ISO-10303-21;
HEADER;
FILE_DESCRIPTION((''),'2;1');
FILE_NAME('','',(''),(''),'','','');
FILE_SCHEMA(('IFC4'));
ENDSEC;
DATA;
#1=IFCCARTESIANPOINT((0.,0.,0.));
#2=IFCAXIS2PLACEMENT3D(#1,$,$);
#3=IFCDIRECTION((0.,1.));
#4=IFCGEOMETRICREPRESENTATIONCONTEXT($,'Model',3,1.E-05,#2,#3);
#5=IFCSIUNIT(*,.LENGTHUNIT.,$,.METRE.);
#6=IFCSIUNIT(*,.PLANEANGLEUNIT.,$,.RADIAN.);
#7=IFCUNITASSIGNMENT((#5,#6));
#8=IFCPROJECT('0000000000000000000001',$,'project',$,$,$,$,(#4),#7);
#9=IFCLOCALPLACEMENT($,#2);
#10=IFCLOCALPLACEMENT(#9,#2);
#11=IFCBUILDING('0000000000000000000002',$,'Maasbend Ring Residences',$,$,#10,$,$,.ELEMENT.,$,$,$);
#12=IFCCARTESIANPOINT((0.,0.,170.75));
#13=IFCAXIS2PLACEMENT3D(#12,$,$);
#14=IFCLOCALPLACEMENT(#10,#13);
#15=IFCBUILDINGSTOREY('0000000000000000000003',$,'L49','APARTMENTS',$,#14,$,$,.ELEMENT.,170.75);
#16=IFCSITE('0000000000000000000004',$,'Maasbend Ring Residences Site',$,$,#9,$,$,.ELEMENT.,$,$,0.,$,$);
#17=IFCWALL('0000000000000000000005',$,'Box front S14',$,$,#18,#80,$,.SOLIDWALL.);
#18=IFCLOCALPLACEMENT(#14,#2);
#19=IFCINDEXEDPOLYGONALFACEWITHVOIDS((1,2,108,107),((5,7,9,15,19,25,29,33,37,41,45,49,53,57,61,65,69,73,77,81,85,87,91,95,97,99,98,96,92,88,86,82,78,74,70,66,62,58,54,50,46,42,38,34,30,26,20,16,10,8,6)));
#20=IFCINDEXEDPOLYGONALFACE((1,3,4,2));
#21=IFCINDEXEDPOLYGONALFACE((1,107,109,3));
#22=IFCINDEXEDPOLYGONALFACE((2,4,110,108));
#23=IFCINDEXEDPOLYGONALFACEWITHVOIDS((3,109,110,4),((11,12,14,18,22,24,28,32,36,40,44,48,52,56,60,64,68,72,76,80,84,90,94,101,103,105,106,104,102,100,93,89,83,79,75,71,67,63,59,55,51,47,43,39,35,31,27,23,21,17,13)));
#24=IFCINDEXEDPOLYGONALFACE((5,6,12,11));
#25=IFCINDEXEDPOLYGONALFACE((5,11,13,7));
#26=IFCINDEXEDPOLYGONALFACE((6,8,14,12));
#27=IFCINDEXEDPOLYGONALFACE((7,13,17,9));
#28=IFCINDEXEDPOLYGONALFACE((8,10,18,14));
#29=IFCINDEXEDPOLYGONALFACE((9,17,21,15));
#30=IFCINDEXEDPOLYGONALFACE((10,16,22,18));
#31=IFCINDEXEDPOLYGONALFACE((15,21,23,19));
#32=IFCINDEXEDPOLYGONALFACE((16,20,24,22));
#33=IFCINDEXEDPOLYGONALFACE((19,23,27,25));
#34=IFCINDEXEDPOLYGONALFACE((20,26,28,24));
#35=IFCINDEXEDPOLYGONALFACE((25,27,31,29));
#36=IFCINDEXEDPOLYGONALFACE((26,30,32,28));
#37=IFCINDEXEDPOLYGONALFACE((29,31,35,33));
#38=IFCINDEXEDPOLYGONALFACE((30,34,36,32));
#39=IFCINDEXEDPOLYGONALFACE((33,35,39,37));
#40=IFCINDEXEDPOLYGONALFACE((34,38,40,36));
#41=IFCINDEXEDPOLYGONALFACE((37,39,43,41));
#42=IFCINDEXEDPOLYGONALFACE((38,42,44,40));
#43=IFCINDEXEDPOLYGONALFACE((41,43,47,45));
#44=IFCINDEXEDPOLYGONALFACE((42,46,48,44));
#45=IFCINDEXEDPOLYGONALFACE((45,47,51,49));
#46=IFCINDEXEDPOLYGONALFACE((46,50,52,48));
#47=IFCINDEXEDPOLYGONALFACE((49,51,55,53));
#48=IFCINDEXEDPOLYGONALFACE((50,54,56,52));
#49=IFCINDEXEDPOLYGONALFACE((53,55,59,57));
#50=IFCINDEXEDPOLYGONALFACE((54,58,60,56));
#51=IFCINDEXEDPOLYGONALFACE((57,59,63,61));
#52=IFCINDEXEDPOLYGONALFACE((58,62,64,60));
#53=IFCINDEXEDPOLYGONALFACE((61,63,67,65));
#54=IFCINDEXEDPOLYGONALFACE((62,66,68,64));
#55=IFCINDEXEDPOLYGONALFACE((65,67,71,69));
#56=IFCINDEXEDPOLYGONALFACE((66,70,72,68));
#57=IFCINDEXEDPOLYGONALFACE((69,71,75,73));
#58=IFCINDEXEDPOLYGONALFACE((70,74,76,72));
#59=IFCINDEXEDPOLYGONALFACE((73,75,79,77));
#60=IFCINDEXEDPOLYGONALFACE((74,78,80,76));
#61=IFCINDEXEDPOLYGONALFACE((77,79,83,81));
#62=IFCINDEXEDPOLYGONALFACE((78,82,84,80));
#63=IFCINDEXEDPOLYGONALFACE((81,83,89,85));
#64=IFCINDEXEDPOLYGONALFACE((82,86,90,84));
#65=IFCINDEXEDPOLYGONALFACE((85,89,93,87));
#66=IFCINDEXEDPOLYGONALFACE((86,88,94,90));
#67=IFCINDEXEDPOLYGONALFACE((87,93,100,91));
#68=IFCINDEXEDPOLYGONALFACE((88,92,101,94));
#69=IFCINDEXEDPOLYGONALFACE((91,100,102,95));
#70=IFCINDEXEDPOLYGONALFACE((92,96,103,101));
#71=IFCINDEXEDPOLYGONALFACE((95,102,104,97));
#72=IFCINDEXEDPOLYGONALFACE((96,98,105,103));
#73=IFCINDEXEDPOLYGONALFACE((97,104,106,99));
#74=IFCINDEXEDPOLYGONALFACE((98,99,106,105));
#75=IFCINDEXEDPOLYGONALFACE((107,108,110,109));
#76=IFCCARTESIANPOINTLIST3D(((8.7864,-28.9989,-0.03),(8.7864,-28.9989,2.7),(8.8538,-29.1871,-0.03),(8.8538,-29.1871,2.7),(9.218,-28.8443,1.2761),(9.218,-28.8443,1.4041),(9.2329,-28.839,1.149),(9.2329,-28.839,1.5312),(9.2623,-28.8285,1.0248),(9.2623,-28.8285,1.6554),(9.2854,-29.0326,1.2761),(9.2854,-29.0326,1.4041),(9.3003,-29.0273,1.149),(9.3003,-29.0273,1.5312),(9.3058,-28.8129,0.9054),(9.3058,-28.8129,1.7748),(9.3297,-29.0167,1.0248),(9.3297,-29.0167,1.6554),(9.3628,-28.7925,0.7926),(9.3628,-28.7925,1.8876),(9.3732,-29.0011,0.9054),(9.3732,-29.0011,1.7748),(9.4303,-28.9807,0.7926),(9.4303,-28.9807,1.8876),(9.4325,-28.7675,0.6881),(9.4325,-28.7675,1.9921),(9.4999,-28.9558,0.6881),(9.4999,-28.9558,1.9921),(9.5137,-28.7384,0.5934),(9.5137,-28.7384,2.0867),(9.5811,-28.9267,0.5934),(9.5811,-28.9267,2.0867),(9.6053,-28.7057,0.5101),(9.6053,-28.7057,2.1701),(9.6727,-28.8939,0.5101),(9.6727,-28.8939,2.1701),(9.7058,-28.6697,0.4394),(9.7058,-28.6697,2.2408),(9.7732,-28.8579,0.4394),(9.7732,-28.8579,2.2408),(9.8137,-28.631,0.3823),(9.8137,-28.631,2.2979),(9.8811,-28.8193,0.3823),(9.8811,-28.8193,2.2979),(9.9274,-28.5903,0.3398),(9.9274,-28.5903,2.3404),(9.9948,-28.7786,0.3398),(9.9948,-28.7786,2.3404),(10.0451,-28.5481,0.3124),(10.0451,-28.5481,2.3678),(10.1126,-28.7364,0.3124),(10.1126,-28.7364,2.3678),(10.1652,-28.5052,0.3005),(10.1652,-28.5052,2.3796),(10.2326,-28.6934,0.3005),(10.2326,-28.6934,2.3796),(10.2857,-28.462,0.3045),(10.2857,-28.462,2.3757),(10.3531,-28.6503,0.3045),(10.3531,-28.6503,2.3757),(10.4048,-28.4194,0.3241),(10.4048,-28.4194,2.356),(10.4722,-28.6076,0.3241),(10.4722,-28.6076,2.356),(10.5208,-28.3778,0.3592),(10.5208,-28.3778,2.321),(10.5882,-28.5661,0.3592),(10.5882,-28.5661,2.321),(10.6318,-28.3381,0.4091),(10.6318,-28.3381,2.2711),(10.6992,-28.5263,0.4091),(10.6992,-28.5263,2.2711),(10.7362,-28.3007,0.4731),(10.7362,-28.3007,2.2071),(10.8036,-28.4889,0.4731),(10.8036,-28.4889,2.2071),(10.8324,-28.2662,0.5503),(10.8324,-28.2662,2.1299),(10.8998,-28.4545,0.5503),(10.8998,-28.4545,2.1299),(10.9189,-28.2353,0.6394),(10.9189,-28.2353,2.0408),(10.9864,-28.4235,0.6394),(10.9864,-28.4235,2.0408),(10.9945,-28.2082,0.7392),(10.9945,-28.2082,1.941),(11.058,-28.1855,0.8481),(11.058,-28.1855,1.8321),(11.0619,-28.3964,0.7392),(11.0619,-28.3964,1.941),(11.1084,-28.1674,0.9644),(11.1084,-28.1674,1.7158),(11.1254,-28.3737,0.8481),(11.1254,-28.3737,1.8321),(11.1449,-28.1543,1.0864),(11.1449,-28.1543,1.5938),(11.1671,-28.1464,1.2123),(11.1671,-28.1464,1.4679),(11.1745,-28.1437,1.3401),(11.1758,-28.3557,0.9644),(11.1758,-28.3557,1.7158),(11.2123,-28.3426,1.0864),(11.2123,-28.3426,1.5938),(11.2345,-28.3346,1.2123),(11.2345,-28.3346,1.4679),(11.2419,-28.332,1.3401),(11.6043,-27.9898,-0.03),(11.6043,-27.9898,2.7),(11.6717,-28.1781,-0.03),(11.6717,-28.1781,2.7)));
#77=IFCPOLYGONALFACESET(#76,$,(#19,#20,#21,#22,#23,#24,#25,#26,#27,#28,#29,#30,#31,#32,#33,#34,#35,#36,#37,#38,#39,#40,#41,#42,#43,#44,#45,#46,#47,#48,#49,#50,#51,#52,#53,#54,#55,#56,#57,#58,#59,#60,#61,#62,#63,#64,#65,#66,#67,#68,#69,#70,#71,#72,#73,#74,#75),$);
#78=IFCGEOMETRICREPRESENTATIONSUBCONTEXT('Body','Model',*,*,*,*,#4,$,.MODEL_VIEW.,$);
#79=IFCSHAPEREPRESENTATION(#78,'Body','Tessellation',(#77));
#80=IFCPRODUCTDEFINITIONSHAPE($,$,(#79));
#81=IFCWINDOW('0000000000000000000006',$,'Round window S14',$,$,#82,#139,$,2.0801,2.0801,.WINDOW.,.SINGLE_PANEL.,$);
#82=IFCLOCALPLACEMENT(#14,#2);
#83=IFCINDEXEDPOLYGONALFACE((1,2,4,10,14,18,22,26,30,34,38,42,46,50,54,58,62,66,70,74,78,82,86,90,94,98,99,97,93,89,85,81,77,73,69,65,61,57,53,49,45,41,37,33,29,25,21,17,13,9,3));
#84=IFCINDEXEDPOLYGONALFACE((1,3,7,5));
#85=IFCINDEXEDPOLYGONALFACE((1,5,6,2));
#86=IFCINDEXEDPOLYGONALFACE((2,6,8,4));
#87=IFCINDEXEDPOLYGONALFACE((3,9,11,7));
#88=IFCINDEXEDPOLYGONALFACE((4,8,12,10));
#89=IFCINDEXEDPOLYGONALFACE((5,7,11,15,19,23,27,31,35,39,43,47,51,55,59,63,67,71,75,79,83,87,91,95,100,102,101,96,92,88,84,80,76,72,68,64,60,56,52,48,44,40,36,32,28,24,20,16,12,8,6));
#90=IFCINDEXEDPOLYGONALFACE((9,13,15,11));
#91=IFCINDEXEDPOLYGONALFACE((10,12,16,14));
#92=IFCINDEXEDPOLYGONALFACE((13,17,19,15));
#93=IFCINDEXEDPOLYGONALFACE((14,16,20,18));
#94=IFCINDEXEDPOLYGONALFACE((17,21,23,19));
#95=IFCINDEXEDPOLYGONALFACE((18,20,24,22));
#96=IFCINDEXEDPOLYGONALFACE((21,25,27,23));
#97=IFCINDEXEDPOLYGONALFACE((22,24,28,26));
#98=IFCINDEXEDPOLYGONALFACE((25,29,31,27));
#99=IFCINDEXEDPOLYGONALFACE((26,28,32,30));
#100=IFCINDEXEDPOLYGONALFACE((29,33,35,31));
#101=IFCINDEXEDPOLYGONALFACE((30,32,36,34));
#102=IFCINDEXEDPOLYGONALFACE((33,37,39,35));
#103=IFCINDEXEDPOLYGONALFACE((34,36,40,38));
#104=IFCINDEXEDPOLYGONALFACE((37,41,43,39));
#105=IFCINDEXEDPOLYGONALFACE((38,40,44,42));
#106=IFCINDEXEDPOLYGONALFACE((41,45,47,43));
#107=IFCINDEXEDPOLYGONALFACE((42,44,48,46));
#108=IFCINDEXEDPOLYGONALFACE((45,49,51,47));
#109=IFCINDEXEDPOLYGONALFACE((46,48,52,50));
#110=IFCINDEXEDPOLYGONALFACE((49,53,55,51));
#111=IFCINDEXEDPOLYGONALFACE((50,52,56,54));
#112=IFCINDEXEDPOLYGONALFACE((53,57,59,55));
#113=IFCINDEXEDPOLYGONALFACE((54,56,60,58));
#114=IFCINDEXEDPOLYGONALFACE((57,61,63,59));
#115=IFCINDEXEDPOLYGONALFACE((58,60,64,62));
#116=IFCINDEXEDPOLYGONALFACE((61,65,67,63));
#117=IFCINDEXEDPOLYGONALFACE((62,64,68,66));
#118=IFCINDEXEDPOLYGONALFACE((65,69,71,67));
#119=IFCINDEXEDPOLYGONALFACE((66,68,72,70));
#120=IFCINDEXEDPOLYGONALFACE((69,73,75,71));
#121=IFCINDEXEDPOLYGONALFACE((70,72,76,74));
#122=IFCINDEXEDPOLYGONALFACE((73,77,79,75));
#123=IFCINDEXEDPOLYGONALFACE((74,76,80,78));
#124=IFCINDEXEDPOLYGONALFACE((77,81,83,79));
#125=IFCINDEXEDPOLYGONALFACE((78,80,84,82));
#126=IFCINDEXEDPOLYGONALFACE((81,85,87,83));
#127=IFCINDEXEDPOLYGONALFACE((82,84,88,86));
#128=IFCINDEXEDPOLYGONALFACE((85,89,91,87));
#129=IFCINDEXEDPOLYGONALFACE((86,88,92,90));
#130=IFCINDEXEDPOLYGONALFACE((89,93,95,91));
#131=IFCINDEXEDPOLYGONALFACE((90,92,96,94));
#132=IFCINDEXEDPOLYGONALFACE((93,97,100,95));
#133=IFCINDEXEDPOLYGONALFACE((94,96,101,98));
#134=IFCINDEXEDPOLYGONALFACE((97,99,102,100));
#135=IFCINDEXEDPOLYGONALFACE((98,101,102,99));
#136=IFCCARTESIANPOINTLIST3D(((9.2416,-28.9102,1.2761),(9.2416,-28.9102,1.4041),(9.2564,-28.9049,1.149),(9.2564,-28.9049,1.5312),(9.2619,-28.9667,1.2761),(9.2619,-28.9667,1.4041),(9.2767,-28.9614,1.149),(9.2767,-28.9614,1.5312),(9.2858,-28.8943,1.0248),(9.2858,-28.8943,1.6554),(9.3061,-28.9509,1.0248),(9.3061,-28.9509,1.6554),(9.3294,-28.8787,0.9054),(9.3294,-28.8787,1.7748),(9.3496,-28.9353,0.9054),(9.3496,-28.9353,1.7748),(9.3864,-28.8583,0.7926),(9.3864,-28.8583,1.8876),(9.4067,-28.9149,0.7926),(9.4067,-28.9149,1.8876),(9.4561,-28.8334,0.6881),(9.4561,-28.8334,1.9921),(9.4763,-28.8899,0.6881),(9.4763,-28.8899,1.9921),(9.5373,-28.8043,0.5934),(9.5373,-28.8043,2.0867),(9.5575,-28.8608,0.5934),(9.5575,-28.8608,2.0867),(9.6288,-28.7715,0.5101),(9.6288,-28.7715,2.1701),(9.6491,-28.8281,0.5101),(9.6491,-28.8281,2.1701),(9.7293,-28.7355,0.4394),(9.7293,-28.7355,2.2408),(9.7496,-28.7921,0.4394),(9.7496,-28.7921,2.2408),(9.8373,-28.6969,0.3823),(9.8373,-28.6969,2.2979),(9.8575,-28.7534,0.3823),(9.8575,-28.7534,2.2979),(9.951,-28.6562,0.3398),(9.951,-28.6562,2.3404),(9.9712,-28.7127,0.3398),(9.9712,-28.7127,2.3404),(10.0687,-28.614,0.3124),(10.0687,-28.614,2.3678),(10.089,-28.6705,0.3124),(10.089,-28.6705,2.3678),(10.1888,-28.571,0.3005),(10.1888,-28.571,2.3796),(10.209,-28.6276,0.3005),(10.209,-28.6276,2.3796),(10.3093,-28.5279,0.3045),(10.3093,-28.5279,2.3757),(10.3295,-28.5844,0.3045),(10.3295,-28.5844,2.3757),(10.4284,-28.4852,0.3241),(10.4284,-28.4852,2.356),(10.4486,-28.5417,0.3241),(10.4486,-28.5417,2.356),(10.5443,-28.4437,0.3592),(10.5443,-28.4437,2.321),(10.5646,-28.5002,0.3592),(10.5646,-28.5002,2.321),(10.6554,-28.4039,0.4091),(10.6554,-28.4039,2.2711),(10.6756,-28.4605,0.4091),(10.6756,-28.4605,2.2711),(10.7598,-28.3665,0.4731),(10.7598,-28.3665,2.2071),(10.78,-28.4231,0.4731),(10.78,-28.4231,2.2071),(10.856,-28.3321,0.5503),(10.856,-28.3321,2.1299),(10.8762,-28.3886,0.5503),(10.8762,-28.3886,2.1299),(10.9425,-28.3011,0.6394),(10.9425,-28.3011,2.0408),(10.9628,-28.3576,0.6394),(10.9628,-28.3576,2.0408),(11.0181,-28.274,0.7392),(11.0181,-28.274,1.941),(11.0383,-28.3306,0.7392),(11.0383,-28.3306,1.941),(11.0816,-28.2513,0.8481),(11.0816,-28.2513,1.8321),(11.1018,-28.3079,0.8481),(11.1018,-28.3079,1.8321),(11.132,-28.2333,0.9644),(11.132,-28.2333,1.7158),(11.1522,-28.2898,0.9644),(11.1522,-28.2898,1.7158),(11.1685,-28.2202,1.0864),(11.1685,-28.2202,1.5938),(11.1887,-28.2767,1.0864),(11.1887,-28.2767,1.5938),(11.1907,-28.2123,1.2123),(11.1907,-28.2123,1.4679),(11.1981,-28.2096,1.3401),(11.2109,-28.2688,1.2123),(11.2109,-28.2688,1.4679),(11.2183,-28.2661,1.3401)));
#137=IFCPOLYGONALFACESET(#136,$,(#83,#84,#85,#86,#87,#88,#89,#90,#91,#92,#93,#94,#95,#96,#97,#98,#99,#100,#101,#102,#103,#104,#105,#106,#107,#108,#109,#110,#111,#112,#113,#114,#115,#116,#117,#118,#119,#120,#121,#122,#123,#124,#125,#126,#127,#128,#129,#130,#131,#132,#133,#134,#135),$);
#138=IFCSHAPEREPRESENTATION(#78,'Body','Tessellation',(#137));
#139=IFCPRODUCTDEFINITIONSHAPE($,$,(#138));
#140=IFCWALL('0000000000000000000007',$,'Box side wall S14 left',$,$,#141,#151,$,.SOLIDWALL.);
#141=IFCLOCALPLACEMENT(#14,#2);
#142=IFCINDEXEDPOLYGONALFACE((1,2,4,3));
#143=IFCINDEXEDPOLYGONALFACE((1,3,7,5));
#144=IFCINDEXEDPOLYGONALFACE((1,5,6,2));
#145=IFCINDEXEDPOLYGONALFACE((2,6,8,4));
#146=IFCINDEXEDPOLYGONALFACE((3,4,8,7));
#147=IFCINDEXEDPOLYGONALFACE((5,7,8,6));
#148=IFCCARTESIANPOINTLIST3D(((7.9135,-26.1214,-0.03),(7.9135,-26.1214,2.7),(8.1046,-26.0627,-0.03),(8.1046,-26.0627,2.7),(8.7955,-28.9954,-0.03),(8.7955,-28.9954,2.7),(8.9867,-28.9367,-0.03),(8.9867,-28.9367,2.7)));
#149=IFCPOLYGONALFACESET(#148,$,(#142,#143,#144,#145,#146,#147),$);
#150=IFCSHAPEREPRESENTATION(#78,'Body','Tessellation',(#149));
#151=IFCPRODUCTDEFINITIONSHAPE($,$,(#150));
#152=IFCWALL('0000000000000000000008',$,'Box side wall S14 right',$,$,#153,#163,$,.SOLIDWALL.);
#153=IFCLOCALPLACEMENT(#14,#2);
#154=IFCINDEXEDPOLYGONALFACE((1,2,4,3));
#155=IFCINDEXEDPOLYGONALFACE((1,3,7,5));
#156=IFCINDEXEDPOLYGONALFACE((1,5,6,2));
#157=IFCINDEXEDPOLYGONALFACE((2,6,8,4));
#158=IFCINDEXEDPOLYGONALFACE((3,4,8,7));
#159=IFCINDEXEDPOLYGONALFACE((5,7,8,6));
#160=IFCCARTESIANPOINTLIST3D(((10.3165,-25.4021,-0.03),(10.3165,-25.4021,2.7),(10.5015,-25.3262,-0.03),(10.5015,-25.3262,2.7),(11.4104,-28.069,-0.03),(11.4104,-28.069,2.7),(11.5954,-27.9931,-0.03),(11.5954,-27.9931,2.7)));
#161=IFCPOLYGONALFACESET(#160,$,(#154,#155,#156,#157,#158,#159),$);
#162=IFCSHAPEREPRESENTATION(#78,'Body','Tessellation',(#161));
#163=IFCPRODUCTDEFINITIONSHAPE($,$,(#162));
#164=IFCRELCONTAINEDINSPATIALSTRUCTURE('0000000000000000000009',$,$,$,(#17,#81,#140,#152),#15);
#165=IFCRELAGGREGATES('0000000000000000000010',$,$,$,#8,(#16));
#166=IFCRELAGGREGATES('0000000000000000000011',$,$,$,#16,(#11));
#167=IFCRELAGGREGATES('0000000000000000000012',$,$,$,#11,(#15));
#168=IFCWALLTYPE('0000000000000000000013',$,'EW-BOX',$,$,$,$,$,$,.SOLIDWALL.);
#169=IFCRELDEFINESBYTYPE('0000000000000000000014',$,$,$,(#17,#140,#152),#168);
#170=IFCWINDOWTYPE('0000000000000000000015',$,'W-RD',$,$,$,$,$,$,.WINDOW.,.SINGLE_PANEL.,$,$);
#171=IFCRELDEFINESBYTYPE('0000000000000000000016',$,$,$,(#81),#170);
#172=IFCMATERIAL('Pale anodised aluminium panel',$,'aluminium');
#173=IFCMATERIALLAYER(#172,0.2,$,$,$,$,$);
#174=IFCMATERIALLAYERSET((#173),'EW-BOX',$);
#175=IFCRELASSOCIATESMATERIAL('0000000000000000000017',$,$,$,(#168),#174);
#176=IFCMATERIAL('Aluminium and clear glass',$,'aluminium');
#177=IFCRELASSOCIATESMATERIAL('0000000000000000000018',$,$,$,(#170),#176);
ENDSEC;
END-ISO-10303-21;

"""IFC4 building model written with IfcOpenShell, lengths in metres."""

from ifc_helpers import new_model, si_unit, direction, frame, frame_2d, origin, place, context, subcontext, project, spatial, rectangle, circle, extrude, material, layer, layer_set, type_object, element, fill, save


model = new_model("IFC4")

# Units and contexts
model_context = context("Model", 3, precision=1e-05, world=origin(), true_north=direction((0.0, 1.0)))
body_context = subcontext(model_context, "Body", "Model", "MODEL_VIEW")
ifc_project = project(units=[si_unit("LENGTHUNIT", "METRE"), si_unit("PLANEANGLEUNIT", "RADIAN")], contexts=[model_context])

# Site, building, storey
site_placement = place(None, origin())
site = spatial("IfcSite", under=ifc_project, at=site_placement, Name="Maasbend Ring Residences Site", CompositionType="ELEMENT", RefElevation=0.0)
building_placement = place(site_placement, origin())
building = spatial("IfcBuilding", under=site, at=building_placement, Name="Maasbend Ring Residences", CompositionType="ELEMENT")
storey_placement = place(building_placement, frame((0.0, 0.0, 170.75)))
storey = spatial("IfcBuildingStorey", under=building, at=storey_placement, Name="L49", Description="APARTMENTS", CompositionType="ELEMENT", Elevation=170.75)

# Shared definitions
ifc_material_1 = material(Name="Pale anodised aluminium panel", Category="aluminium")
ifc_layer_1 = layer(ifc_material_1, 0.2)
ifc_layer_set_1 = layer_set([ifc_layer_1], Name="EW-BOX")
wall_type_1 = type_object("IfcWallType", Name="EW-BOX", PredefinedType="SOLIDWALL", material=ifc_layer_set_1)
ifc_material_2 = material(Name="Aluminium and clear glass", Category="aluminium")
window_type_1 = type_object("IfcWindowType", Name="W-RD", PartitioningType="SINGLE_PANEL", PredefinedType="WINDOW", material=ifc_material_2)

# Wall, opening, window
wall_1_placement = place(storey_placement, frame((8.8201, -29.093, -0.03), z_axis=(0.0, 0.0, 1.0), x_axis=(0.941461, 0.337122, 0.0)))
wall_1 = element("IfcWall", 1, at=wall_1_placement, inside=storey, type_object=wall_type_1, Name="Box front S14", PredefinedType="SOLIDWALL", context=body_context, shape_type="SweptSolid", body=[
    extrude(rectangle(XDim=2.9932, YDim=0.2, at=frame_2d((1.4966, 0.0))), origin(), (0.0, 0.0, 1.0), 2.73),
])
opening_1_placement = place(wall_1_placement, frame((0.4565, 0.0, 0.3301)))
opening_1 = element("IfcOpeningElement", 2, at=opening_1_placement, cuts=wall_1, PredefinedType="OPENING", context=body_context, shape_type="SweptSolid", body=[
    extrude(circle(Radius=1.04, at=frame_2d((1.04, 1.04))), frame((0.0, 0.1099, 0.0), z_axis=(0.0, -1.0, 0.0), x_axis=(1.0, 0.0, 0.0)), (0.0, 0.0, 1.0), 0.22),
])
window_1_placement = place(opening_1_placement, origin())
window_1 = element("IfcWindow", 3, at=window_1_placement, inside=storey, type_object=window_type_1, Name="Round window S14", OverallHeight=2.0801, OverallWidth=2.0801, PartitioningType="SINGLE_PANEL", PredefinedType="WINDOW", context=body_context, shape_type="SweptSolid", body=[
    extrude(circle(Radius=1.04, at=frame_2d((1.04, 1.04))), frame((0.0, 0.03, 0.0), z_axis=(0.0, -1.0, 0.0), x_axis=(1.0, 0.0, 0.0)), (0.0, 0.0, 1.0), 0.0601),
])
fill(opening_1, window_1)

# Walls
wall_2_placement = place(storey_placement, frame((8.009, -26.092, -0.03), z_axis=(0.0, 0.0, 1.0), x_axis=(0.293407, -0.955988, 0.0)))
element("IfcWall", 4, at=wall_2_placement, inside=storey, type_object=wall_type_1, Name="Box side wall S14 left", PredefinedType="SOLIDWALL", context=body_context, shape_type="SweptSolid", body=[
    extrude(rectangle(XDim=3.0063, YDim=0.2, at=frame_2d((1.5032, 0.0))), origin(), (0.0, 0.0, 1.0), 2.73),
])
wall_3_placement = place(storey_placement, frame((10.4089, -25.364, -0.03), z_axis=(0.0, 0.0, 1.0), x_axis=(0.37951, -0.925188, 0.0)))
element("IfcWall", 5, at=wall_3_placement, inside=storey, type_object=wall_type_1, Name="Box side wall S14 right", PredefinedType="SOLIDWALL", context=body_context, shape_type="SweptSolid", body=[
    extrude(rectangle(XDim=2.8826, YDim=0.2, at=frame_2d((1.4414, 0.0))), origin(), (0.0, 0.0, 1.0), 2.73),
])

save(model, "model.ifc")
